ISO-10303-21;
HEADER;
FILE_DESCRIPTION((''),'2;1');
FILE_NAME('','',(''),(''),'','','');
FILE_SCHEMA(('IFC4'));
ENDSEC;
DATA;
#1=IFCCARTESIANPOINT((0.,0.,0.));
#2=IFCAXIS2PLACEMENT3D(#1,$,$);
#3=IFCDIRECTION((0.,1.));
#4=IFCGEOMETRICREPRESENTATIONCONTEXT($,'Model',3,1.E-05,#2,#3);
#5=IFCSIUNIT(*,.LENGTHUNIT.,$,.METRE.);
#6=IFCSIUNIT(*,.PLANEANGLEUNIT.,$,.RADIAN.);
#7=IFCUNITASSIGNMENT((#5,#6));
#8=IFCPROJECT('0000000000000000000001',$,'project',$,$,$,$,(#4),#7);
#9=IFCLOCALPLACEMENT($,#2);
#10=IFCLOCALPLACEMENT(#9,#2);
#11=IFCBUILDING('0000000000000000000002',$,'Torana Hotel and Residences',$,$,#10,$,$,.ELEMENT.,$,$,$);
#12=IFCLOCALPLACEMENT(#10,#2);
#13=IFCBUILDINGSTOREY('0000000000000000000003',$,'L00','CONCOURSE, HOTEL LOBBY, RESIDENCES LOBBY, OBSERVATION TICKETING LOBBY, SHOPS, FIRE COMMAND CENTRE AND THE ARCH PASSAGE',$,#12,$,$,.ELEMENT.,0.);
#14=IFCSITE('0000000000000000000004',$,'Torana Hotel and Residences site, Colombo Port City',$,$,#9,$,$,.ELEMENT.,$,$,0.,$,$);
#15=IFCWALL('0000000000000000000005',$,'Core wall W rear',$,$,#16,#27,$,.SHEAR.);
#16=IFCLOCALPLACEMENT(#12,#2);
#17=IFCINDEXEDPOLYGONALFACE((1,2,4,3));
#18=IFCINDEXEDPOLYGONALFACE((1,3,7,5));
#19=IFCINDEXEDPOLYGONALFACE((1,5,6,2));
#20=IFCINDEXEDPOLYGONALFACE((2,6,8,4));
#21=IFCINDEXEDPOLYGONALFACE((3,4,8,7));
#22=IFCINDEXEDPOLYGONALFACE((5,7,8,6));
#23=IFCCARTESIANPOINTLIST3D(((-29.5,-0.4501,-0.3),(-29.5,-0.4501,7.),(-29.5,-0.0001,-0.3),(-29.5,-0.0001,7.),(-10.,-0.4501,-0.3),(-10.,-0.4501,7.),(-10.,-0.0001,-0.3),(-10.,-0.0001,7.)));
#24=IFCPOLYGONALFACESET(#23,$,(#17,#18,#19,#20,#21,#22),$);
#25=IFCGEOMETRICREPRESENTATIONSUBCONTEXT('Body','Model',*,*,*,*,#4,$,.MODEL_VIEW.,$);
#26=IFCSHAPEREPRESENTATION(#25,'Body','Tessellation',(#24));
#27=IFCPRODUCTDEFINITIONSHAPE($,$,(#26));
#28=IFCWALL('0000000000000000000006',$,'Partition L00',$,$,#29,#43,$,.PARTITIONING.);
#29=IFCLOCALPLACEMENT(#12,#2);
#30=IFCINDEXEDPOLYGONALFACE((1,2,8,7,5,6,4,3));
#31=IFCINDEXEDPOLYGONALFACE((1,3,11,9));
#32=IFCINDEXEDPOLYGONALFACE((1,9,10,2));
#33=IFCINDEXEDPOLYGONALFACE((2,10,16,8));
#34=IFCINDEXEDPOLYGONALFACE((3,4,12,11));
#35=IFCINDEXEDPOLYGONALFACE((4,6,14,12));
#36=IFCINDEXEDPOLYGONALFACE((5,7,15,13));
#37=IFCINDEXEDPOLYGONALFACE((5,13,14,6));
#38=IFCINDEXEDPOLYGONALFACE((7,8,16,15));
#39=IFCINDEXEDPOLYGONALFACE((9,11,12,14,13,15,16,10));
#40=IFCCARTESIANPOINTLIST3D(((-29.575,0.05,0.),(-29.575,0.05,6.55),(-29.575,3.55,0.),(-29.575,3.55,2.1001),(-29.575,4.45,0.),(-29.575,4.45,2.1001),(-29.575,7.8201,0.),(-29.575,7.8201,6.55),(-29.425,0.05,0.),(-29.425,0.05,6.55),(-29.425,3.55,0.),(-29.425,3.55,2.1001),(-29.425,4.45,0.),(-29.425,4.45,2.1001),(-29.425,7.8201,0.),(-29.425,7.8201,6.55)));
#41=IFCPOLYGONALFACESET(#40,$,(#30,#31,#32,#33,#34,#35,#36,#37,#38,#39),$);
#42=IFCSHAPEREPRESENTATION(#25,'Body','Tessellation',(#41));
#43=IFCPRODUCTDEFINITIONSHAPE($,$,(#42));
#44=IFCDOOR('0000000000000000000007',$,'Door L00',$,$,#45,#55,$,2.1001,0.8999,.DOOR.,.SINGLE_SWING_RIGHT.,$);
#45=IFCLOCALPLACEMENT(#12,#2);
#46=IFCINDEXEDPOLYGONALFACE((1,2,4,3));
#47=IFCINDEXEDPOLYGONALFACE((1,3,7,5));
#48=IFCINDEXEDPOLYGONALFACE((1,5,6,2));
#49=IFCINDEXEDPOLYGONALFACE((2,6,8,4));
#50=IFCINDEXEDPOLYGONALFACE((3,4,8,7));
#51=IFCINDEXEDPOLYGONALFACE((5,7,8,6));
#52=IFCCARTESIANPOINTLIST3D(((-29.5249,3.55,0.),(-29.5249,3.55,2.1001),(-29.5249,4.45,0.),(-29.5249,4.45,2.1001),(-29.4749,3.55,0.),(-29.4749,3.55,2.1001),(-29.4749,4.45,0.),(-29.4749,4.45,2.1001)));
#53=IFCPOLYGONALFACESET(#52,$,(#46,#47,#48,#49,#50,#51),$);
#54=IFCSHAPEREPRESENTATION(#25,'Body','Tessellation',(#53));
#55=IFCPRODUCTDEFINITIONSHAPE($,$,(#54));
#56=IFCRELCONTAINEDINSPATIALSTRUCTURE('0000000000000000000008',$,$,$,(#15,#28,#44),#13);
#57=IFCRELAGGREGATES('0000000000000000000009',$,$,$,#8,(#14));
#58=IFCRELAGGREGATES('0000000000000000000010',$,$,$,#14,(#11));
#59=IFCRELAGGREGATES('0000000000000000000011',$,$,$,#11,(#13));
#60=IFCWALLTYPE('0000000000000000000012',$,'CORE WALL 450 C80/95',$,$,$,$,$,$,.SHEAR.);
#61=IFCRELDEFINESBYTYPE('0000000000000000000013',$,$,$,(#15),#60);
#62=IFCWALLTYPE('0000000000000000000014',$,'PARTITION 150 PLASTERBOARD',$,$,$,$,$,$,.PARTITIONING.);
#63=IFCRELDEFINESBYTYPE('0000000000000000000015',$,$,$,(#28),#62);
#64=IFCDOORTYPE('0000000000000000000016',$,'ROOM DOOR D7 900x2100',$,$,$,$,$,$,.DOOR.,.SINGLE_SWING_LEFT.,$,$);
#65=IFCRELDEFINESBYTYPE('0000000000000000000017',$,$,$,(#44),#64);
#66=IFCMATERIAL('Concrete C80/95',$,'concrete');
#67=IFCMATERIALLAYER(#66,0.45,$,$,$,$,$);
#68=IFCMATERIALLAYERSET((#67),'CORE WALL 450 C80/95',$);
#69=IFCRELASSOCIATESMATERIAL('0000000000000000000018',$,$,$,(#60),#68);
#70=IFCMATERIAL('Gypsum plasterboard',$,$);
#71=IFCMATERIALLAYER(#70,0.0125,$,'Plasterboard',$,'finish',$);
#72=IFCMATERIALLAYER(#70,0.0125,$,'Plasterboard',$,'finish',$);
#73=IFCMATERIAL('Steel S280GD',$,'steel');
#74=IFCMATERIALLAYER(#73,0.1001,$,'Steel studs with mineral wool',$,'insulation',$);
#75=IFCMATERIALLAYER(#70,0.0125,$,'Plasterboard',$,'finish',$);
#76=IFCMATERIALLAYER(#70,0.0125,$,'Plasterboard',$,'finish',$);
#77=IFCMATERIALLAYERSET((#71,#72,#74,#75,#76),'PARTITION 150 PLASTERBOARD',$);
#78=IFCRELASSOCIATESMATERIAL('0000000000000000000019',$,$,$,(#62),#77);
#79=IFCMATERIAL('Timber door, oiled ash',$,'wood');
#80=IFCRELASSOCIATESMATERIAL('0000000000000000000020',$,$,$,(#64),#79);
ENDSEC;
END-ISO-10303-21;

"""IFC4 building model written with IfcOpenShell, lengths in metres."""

from ifc_helpers import new_model, si_unit, direction, frame, frame_2d, origin, place, context, subcontext, project, spatial, rectangle, extrude, material, layer, layer_set, type_object, element, fill, save


model = new_model("IFC4")

# Units and contexts
model_context = context("Model", 3, precision=1e-05, world=origin(), true_north=direction((0.0, 1.0)))
body_context = subcontext(model_context, "Body", "Model", "MODEL_VIEW")
ifc_project = project(units=[si_unit("LENGTHUNIT", "METRE"), si_unit("PLANEANGLEUNIT", "RADIAN")], contexts=[model_context])

# Site, building, storey
site_placement = place(None, origin())
site = spatial("IfcSite", under=ifc_project, at=site_placement, Name="Torana Hotel and Residences site, Colombo Port City", CompositionType="ELEMENT", RefElevation=0.0)
building_placement = place(site_placement, origin())
building = spatial("IfcBuilding", under=site, at=building_placement, Name="Torana Hotel and Residences", CompositionType="ELEMENT")
storey_placement = place(building_placement, origin())
storey = spatial("IfcBuildingStorey", under=building, at=storey_placement, Name="L00", Description="CONCOURSE, HOTEL LOBBY, RESIDENCES LOBBY, OBSERVATION TICKETING LOBBY, SHOPS, FIRE COMMAND CENTRE AND THE ARCH PASSAGE", CompositionType="ELEMENT", Elevation=0.0)

# Wall
ifc_material_1 = material(Name="Concrete C80/95", Category="concrete")
ifc_layer_1 = layer(ifc_material_1, 0.45)
ifc_layer_set_1 = layer_set([ifc_layer_1], Name="CORE WALL 450 C80/95")
wall_type_1 = type_object("IfcWallType", Name="CORE WALL 450 C80/95", PredefinedType="SHEAR", material=ifc_layer_set_1)
wall_1_placement = place(storey_placement, frame((-29.5, -0.2251, -0.3), z_axis=(0.0, 0.0, 1.0), x_axis=(1.0, 0.0, 0.0)))
element("IfcWall", 1, at=wall_1_placement, inside=storey, type_object=wall_type_1, Name="Core wall W rear", PredefinedType="SHEAR", context=body_context, shape_type="SweptSolid", body=[
    extrude(rectangle(XDim=19.5, YDim=0.45, at=frame_2d((9.75, 0.0))), origin(), (0.0, 0.0, 1.0), 7.3),
])

# Wall, opening, door
ifc_material_2 = material(Name="Gypsum plasterboard")
ifc_layer_2 = layer(ifc_material_2, 0.0125, Name="Plasterboard", Category="finish")
ifc_layer_3 = layer(ifc_material_2, 0.0125, Name="Plasterboard", Category="finish")
ifc_material_3 = material(Name="Steel S280GD", Category="steel")
ifc_layer_4 = layer(ifc_material_3, 0.1001, Name="Steel studs with mineral wool", Category="insulation")
ifc_layer_5 = layer(ifc_material_2, 0.0125, Name="Plasterboard", Category="finish")
ifc_layer_6 = layer(ifc_material_2, 0.0125, Name="Plasterboard", Category="finish")
ifc_layer_set_2 = layer_set([ifc_layer_2, ifc_layer_3, ifc_layer_4, ifc_layer_5, ifc_layer_6], Name="PARTITION 150 PLASTERBOARD")
wall_type_2 = type_object("IfcWallType", Name="PARTITION 150 PLASTERBOARD", PredefinedType="PARTITIONING", material=ifc_layer_set_2)
wall_2_placement = place(storey_placement, frame((-29.5, 0.05, 0.0), z_axis=(0.0, 0.0, 1.0), x_axis=(0.0, 1.0, 0.0)))
wall_2 = element("IfcWall", 2, at=wall_2_placement, inside=storey, type_object=wall_type_2, Name="Partition L00", PredefinedType="PARTITIONING", context=body_context, shape_type="SweptSolid", body=[
    extrude(rectangle(XDim=7.77, YDim=0.1499, at=frame_2d((3.885, 0.0))), origin(), (0.0, 0.0, 1.0), 6.55),
])
opening_1_placement = place(wall_2_placement, frame((3.5, 0.0, 0.0)))
opening_1 = element("IfcOpeningElement", 3, at=opening_1_placement, cuts=wall_2, PredefinedType="OPENING", context=body_context, shape_type="SweptSolid", body=[
    extrude(rectangle(XDim=0.8999, YDim=2.1001, at=frame_2d((0.45, 1.05))), frame((0.0, 0.085, 0.0), z_axis=(0.0, -1.0, 0.0), x_axis=(1.0, 0.0, 0.0)), (0.0, 0.0, 1.0), 0.1699),
])
ifc_material_4 = material(Name="Timber door, oiled ash", Category="wood")
door_type_1 = type_object("IfcDoorType", Name="ROOM DOOR D7 900x2100", OperationType="SINGLE_SWING_LEFT", PredefinedType="DOOR", material=ifc_material_4)
door_1_placement = place(opening_1_placement, origin())
door_1 = element("IfcDoor", 4, at=door_1_placement, inside=storey, type_object=door_type_1, Name="Door L00", OperationType="SINGLE_SWING_RIGHT", OverallHeight=2.1001, OverallWidth=0.8999, PredefinedType="DOOR", context=body_context, shape_type="SweptSolid", body=[
    extrude(rectangle(XDim=0.8999, YDim=2.1001, at=frame_2d((0.45, 1.05))), frame((0.0, 0.0249, 0.0), z_axis=(0.0, -1.0, 0.0), x_axis=(1.0, 0.0, 0.0)), (0.0, 0.0, 1.0), 0.05),
])
fill(opening_1, door_1)

save(model, "model.ifc")
